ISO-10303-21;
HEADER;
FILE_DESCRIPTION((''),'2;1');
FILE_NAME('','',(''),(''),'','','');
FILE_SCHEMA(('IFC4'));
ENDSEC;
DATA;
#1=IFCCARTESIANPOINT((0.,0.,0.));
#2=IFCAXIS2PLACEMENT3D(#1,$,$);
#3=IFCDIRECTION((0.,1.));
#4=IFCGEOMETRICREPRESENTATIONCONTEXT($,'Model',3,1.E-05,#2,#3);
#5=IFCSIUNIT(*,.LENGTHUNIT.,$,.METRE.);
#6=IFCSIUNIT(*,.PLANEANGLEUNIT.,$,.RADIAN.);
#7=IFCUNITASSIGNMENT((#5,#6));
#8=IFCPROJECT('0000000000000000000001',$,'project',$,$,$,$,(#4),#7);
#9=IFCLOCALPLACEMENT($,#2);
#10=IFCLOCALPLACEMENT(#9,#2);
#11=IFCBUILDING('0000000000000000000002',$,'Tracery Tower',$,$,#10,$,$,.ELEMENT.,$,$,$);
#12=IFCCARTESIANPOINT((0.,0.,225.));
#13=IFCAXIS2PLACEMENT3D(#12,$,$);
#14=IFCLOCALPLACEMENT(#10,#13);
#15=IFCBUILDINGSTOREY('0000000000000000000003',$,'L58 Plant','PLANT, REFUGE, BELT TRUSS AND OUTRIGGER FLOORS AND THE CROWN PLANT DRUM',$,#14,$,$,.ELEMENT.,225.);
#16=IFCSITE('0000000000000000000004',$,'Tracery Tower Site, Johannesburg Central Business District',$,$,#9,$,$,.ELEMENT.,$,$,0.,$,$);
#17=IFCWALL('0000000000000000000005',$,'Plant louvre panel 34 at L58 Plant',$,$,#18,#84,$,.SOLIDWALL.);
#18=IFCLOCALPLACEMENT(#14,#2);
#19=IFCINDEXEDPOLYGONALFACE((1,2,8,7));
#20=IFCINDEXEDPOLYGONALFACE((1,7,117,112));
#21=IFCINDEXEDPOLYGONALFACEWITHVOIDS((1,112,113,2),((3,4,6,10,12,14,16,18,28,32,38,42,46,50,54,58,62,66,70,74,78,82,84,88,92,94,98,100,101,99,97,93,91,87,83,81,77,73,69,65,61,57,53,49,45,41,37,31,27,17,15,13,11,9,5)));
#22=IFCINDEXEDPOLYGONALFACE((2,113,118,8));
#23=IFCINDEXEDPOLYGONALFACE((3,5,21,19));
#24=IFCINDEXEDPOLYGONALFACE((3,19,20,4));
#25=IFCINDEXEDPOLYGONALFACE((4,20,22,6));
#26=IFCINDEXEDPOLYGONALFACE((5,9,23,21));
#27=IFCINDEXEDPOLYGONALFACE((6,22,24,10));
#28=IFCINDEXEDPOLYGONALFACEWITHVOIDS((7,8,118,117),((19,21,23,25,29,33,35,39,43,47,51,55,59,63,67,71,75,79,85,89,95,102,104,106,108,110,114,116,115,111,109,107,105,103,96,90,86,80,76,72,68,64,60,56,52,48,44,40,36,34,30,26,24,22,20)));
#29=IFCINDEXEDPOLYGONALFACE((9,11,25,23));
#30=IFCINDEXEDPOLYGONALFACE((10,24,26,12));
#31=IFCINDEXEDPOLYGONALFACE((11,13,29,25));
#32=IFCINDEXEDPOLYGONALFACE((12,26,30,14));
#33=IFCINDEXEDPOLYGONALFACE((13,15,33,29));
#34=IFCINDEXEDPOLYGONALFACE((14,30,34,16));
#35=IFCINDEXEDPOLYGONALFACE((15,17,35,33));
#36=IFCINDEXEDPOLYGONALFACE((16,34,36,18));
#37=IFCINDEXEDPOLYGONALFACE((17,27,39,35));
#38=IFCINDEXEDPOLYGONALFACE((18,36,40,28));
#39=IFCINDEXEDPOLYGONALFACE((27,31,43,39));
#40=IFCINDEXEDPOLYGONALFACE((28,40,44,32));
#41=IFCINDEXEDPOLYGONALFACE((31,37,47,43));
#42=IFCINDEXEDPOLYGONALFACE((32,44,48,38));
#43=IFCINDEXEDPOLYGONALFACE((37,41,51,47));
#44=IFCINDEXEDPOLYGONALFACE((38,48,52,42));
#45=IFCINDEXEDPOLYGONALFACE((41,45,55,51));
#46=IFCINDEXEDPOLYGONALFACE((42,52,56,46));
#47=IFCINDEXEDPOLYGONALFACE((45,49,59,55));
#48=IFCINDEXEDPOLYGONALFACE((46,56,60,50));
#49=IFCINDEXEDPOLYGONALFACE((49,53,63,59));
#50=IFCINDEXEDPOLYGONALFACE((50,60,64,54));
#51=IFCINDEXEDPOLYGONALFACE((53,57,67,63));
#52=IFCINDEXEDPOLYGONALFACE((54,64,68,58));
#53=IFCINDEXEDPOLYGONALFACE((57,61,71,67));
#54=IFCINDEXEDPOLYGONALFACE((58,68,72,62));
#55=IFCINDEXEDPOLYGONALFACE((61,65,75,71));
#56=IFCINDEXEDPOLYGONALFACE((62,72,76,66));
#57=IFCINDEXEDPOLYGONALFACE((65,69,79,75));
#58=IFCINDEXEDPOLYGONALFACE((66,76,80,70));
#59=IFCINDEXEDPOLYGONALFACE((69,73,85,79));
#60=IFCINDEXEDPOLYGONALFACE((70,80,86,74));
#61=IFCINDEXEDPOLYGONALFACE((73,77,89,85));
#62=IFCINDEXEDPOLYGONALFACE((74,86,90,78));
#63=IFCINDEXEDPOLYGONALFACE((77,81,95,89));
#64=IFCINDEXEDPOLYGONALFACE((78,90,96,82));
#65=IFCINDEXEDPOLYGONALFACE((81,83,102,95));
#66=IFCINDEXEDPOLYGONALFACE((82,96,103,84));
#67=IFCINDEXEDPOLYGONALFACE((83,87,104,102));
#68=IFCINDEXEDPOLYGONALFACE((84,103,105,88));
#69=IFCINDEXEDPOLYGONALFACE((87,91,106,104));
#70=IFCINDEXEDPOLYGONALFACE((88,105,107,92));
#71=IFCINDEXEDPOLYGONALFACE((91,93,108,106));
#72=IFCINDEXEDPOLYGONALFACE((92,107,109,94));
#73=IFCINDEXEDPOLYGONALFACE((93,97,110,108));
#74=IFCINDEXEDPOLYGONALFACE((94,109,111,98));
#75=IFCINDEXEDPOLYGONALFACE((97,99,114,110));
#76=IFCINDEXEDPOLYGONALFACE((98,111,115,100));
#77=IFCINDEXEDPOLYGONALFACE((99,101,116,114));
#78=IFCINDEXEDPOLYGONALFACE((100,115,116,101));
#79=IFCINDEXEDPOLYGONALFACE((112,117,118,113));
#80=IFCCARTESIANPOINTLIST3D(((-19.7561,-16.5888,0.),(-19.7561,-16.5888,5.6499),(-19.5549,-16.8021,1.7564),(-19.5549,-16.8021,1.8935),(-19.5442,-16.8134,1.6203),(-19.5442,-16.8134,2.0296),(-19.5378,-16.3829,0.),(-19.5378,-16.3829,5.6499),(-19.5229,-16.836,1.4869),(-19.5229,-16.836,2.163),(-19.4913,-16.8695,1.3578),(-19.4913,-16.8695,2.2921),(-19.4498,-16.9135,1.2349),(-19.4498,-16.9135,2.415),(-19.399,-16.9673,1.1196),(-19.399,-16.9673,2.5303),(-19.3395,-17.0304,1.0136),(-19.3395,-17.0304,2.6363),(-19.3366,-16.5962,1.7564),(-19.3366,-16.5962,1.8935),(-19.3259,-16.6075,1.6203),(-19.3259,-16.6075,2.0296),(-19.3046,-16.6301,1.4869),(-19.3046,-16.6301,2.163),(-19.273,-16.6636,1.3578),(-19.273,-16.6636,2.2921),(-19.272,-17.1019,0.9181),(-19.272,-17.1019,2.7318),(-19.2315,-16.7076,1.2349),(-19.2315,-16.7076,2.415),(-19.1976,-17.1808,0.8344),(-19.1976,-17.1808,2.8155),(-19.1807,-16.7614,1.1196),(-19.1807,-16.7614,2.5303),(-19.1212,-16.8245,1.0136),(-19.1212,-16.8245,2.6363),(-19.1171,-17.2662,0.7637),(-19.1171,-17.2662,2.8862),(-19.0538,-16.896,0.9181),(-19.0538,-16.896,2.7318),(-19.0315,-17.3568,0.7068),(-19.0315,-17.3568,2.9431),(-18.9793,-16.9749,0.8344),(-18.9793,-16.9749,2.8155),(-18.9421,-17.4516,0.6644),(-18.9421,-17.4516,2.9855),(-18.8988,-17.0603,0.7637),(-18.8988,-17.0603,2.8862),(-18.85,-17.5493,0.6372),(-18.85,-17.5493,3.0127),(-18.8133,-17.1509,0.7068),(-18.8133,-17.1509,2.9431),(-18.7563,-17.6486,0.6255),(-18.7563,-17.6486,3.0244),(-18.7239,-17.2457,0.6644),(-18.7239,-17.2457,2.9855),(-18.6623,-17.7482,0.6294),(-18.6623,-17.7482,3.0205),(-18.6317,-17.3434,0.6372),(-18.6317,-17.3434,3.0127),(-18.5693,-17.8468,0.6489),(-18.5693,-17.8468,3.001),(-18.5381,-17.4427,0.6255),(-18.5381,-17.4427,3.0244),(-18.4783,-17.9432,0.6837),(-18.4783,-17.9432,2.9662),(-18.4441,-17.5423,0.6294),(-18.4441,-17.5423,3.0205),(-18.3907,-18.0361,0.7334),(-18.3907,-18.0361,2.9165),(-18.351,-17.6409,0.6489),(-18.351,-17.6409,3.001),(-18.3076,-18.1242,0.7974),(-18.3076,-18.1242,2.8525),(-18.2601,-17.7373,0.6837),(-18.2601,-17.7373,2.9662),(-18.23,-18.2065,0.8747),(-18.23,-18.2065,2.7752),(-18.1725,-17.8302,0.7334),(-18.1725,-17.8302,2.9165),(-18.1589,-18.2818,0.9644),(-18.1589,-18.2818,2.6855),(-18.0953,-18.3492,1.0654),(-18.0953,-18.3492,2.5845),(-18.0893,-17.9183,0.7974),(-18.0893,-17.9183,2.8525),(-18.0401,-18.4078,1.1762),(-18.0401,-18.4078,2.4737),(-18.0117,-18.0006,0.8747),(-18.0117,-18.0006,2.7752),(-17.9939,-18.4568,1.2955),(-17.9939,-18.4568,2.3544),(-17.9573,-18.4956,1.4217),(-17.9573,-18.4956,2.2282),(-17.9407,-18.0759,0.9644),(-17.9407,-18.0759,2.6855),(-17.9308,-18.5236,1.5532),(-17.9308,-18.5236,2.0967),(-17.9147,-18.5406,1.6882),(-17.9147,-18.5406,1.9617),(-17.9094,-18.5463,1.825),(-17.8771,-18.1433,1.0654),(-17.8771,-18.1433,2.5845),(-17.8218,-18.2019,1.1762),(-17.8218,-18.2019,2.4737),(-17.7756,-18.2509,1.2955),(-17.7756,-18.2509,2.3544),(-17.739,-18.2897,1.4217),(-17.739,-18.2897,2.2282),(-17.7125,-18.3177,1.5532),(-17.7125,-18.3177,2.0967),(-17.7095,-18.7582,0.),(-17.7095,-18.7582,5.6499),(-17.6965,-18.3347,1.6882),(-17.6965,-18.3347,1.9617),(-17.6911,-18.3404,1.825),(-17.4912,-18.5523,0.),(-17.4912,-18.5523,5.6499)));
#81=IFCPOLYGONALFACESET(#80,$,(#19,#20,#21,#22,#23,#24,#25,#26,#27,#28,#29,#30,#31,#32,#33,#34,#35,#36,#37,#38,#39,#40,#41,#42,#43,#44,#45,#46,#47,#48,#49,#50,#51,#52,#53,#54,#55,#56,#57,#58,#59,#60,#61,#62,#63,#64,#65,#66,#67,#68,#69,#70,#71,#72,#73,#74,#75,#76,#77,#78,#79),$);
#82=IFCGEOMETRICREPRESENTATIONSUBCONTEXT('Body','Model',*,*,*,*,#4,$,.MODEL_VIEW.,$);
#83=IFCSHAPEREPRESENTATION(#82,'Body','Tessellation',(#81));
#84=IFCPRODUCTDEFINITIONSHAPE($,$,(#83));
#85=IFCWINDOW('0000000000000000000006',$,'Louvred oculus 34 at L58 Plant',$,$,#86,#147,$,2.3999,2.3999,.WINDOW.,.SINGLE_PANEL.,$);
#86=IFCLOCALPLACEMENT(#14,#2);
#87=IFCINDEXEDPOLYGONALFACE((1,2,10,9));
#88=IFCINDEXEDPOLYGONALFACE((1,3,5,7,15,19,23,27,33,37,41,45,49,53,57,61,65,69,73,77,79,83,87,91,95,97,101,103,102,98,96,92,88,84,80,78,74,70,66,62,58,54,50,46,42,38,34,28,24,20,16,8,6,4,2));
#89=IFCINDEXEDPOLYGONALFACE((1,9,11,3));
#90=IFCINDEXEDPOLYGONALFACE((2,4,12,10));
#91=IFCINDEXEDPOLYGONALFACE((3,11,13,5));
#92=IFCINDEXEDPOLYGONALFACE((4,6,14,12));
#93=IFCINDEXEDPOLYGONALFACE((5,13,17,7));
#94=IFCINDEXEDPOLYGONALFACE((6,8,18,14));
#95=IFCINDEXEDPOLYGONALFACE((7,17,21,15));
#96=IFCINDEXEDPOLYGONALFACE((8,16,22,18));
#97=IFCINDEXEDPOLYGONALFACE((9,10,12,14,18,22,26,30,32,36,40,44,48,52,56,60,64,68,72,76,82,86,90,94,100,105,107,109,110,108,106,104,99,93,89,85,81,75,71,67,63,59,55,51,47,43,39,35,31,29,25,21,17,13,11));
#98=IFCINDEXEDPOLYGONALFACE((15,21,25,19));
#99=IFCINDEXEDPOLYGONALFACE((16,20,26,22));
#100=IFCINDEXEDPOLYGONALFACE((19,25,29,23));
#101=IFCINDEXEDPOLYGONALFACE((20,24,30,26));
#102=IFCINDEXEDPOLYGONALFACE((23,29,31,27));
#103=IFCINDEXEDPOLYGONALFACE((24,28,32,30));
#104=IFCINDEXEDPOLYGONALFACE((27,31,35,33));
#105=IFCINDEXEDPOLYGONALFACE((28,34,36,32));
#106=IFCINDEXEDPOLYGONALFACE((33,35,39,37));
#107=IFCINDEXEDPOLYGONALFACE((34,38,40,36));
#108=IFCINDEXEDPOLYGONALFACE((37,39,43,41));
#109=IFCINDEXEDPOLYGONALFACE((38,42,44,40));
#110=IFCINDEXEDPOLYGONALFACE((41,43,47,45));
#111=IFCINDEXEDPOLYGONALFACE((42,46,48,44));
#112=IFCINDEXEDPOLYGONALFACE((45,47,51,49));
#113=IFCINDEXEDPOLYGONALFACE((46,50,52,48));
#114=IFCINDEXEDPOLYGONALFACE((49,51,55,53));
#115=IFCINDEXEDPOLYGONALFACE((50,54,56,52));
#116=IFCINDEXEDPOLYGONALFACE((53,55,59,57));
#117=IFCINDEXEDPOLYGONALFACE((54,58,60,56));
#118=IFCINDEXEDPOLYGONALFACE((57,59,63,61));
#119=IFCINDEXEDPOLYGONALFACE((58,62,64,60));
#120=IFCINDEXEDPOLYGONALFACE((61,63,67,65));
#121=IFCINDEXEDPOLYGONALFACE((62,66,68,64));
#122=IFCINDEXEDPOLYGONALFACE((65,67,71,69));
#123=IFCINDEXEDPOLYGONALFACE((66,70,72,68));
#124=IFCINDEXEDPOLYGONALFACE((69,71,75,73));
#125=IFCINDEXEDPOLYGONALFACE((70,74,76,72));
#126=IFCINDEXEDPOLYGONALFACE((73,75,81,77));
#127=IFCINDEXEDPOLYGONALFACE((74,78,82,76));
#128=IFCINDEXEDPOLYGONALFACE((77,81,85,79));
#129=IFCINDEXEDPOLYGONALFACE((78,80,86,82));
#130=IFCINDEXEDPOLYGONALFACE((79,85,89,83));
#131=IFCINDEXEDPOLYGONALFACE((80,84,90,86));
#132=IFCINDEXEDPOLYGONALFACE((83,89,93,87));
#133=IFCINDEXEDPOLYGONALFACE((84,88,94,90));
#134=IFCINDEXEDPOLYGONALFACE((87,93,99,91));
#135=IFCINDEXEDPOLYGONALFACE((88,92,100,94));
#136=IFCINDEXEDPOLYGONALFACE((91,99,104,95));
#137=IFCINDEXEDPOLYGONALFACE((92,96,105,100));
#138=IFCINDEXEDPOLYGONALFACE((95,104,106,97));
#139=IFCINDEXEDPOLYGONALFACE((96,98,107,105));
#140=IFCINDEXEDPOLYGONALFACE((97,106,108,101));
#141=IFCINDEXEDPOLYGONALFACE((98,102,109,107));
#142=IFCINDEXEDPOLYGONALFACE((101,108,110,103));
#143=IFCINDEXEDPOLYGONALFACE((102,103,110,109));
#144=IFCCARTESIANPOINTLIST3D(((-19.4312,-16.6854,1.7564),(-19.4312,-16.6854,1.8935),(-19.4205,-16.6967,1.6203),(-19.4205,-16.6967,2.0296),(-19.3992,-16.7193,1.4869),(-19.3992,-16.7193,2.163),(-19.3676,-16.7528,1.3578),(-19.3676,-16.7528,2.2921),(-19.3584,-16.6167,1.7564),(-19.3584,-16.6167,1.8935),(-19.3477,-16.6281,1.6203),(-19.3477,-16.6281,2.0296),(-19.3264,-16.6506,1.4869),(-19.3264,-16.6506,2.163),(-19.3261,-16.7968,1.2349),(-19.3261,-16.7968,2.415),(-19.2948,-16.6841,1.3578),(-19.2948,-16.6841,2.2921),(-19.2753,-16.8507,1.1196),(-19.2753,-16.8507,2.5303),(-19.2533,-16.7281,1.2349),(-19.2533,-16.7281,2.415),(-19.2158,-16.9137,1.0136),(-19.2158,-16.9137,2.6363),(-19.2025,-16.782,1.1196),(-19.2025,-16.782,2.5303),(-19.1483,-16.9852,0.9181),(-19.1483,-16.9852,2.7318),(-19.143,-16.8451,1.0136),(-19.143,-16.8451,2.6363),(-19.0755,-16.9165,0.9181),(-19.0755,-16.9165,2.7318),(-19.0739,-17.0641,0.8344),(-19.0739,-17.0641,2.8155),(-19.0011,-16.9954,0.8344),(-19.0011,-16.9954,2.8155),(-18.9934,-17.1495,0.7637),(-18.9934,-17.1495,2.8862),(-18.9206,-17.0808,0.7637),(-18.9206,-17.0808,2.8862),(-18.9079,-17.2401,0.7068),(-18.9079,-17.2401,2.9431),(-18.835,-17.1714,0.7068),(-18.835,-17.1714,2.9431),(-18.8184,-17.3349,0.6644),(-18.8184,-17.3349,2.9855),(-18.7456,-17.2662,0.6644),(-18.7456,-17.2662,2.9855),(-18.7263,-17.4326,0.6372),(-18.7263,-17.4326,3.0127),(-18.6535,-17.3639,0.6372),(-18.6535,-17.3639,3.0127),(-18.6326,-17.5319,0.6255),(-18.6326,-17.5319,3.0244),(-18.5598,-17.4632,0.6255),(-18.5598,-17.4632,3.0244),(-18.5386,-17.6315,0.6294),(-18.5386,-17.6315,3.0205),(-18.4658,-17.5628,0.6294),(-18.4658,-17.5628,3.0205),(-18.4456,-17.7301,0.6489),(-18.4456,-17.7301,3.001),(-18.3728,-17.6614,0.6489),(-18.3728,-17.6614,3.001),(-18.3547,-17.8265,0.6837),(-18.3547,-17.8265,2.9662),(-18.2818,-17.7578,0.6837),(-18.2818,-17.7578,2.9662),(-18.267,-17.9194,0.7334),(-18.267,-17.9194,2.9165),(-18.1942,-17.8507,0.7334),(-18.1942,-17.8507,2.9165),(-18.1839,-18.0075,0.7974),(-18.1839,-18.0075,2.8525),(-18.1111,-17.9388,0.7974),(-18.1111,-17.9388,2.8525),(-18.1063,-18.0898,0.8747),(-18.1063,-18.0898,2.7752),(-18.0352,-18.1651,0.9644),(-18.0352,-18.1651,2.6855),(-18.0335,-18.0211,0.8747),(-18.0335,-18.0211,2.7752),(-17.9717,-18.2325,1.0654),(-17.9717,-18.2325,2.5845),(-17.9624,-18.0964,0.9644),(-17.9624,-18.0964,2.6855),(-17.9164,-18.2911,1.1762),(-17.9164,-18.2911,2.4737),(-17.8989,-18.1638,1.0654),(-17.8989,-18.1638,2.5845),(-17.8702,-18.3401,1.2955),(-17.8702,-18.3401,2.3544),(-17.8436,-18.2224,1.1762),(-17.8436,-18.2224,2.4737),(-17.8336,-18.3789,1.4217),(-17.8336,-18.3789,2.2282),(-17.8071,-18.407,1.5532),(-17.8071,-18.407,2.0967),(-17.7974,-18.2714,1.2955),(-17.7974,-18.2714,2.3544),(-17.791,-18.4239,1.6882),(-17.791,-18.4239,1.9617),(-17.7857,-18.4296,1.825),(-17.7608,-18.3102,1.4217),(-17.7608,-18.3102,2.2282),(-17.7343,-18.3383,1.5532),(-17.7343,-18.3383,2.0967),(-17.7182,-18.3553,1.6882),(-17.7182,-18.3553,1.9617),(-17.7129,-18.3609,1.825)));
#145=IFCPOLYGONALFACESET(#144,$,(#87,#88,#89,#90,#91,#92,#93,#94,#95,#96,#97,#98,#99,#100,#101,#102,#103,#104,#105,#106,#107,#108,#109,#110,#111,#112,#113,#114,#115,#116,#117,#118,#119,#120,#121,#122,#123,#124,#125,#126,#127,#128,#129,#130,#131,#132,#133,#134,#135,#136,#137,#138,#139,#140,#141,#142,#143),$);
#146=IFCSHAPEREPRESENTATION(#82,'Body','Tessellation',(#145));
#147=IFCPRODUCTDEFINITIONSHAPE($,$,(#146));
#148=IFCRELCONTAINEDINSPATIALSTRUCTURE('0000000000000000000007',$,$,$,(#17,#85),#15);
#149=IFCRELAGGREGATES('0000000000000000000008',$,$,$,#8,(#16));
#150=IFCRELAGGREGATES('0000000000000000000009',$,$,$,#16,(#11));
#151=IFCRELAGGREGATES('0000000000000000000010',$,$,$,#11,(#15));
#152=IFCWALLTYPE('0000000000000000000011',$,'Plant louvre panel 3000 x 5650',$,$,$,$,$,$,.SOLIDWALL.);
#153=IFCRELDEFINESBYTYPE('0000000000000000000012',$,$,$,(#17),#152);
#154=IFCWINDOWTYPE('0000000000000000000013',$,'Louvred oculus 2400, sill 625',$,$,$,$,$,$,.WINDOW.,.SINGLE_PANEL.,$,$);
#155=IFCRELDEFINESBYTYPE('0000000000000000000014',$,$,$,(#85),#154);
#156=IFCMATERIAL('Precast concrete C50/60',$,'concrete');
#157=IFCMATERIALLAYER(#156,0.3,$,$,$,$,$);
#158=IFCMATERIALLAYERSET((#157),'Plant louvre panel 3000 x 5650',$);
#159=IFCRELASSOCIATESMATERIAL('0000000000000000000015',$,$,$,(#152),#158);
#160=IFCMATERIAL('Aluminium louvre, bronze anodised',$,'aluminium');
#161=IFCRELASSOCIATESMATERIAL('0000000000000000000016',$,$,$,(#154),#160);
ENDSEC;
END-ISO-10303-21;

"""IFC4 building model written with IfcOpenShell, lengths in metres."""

from ifc_helpers import new_model, si_unit, direction, frame, frame_2d, origin, origin_2d, place, context, subcontext, project, spatial, rectangle, circle, extrude, material, layer, layer_set, type_object, element, fill, save


model = new_model("IFC4")

# Units and contexts
model_context = context("Model", 3, precision=1e-05, world=origin(), true_north=direction((0.0, 1.0)))
body_context = subcontext(model_context, "Body", "Model", "MODEL_VIEW")
ifc_project = project(units=[si_unit("LENGTHUNIT", "METRE"), si_unit("PLANEANGLEUNIT", "RADIAN")], contexts=[model_context])

# Site, building, storey
site_placement = place(None, origin())
site = spatial("IfcSite", under=ifc_project, at=site_placement, Name="Tracery Tower Site, Johannesburg Central Business District", CompositionType="ELEMENT", RefElevation=0.0)
building_placement = place(site_placement, origin())
building = spatial("IfcBuilding", under=site, at=building_placement, Name="Tracery Tower", CompositionType="ELEMENT")
storey_placement = place(building_placement, frame((0.0, 0.0, 225.0)))
storey = spatial("IfcBuildingStorey", under=building, at=storey_placement, Name="L58 Plant", Description="PLANT, REFUGE, BELT TRUSS AND OUTRIGGER FLOORS AND THE CROWN PLANT DRUM", CompositionType="ELEMENT", Elevation=225.0)

# Wall, opening, window
ifc_material_1 = material(Name="Precast concrete C50/60", Category="concrete")
ifc_layer_1 = layer(ifc_material_1, 0.3)
ifc_layer_set_1 = layer_set([ifc_layer_1], Name="Plant louvre panel 3000 x 5650")
wall_type_1 = type_object("IfcWallType", Name="Plant louvre panel 3000 x 5650", PredefinedType="SOLIDWALL", material=ifc_layer_set_1)
wall_1_placement = place(storey_placement, frame((-19.647, -16.4858, 0.0), z_axis=(0.0, 0.0, 1.0), x_axis=(0.68622, -0.727394, 0.0)))
wall_1 = element("IfcWall", 1, at=wall_1_placement, inside=storey, type_object=wall_type_1, Name="Plant louvre panel 34 at L58 Plant", PredefinedType="SOLIDWALL", context=body_context, shape_type="SweptSolid", body=[
    extrude(rectangle(XDim=2.9824, YDim=0.3, at=frame_2d((1.4912, 0.0))), origin(), (0.0, 0.0, 1.0), 5.6499),
])
opening_1_placement = place(wall_1_placement, frame((1.4912, 0.0, 1.825)))
opening_1 = element("IfcOpeningElement", 2, at=opening_1_placement, cuts=wall_1, PredefinedType="OPENING", context=body_context, shape_type="SweptSolid", body=[
    extrude(circle(Radius=1.2, at=origin_2d()), frame((0.0, 0.1599, 0.0), z_axis=(0.0, -1.0, 0.0), x_axis=(1.0, 0.0, 0.0)), (0.0, 0.0, 1.0), 0.3201),
])
ifc_material_2 = material(Name="Aluminium louvre, bronze anodised", Category="aluminium")
window_type = type_object("IfcWindowType", Name="Louvred oculus 2400, sill 625", PartitioningType="SINGLE_PANEL", PredefinedType="WINDOW", material=ifc_material_2)
window_1_placement = place(opening_1_placement, origin())
window_1 = element("IfcWindow", 3, at=window_1_placement, inside=storey, type_object=window_type, Name="Louvred oculus 34 at L58 Plant", OverallHeight=2.3999, OverallWidth=2.3999, PartitioningType="SINGLE_PANEL", PredefinedType="WINDOW", context=body_context, shape_type="SweptSolid", body=[
    extrude(circle(Radius=1.2, at=origin_2d()), frame((0.0, 0.1201, 0.0), z_axis=(0.0, -1.0, 0.0), x_axis=(1.0, 0.0, 0.0)), (0.0, 0.0, 1.0), 0.1001),
])
fill(opening_1, window_1)

save(model, "model.ifc")
